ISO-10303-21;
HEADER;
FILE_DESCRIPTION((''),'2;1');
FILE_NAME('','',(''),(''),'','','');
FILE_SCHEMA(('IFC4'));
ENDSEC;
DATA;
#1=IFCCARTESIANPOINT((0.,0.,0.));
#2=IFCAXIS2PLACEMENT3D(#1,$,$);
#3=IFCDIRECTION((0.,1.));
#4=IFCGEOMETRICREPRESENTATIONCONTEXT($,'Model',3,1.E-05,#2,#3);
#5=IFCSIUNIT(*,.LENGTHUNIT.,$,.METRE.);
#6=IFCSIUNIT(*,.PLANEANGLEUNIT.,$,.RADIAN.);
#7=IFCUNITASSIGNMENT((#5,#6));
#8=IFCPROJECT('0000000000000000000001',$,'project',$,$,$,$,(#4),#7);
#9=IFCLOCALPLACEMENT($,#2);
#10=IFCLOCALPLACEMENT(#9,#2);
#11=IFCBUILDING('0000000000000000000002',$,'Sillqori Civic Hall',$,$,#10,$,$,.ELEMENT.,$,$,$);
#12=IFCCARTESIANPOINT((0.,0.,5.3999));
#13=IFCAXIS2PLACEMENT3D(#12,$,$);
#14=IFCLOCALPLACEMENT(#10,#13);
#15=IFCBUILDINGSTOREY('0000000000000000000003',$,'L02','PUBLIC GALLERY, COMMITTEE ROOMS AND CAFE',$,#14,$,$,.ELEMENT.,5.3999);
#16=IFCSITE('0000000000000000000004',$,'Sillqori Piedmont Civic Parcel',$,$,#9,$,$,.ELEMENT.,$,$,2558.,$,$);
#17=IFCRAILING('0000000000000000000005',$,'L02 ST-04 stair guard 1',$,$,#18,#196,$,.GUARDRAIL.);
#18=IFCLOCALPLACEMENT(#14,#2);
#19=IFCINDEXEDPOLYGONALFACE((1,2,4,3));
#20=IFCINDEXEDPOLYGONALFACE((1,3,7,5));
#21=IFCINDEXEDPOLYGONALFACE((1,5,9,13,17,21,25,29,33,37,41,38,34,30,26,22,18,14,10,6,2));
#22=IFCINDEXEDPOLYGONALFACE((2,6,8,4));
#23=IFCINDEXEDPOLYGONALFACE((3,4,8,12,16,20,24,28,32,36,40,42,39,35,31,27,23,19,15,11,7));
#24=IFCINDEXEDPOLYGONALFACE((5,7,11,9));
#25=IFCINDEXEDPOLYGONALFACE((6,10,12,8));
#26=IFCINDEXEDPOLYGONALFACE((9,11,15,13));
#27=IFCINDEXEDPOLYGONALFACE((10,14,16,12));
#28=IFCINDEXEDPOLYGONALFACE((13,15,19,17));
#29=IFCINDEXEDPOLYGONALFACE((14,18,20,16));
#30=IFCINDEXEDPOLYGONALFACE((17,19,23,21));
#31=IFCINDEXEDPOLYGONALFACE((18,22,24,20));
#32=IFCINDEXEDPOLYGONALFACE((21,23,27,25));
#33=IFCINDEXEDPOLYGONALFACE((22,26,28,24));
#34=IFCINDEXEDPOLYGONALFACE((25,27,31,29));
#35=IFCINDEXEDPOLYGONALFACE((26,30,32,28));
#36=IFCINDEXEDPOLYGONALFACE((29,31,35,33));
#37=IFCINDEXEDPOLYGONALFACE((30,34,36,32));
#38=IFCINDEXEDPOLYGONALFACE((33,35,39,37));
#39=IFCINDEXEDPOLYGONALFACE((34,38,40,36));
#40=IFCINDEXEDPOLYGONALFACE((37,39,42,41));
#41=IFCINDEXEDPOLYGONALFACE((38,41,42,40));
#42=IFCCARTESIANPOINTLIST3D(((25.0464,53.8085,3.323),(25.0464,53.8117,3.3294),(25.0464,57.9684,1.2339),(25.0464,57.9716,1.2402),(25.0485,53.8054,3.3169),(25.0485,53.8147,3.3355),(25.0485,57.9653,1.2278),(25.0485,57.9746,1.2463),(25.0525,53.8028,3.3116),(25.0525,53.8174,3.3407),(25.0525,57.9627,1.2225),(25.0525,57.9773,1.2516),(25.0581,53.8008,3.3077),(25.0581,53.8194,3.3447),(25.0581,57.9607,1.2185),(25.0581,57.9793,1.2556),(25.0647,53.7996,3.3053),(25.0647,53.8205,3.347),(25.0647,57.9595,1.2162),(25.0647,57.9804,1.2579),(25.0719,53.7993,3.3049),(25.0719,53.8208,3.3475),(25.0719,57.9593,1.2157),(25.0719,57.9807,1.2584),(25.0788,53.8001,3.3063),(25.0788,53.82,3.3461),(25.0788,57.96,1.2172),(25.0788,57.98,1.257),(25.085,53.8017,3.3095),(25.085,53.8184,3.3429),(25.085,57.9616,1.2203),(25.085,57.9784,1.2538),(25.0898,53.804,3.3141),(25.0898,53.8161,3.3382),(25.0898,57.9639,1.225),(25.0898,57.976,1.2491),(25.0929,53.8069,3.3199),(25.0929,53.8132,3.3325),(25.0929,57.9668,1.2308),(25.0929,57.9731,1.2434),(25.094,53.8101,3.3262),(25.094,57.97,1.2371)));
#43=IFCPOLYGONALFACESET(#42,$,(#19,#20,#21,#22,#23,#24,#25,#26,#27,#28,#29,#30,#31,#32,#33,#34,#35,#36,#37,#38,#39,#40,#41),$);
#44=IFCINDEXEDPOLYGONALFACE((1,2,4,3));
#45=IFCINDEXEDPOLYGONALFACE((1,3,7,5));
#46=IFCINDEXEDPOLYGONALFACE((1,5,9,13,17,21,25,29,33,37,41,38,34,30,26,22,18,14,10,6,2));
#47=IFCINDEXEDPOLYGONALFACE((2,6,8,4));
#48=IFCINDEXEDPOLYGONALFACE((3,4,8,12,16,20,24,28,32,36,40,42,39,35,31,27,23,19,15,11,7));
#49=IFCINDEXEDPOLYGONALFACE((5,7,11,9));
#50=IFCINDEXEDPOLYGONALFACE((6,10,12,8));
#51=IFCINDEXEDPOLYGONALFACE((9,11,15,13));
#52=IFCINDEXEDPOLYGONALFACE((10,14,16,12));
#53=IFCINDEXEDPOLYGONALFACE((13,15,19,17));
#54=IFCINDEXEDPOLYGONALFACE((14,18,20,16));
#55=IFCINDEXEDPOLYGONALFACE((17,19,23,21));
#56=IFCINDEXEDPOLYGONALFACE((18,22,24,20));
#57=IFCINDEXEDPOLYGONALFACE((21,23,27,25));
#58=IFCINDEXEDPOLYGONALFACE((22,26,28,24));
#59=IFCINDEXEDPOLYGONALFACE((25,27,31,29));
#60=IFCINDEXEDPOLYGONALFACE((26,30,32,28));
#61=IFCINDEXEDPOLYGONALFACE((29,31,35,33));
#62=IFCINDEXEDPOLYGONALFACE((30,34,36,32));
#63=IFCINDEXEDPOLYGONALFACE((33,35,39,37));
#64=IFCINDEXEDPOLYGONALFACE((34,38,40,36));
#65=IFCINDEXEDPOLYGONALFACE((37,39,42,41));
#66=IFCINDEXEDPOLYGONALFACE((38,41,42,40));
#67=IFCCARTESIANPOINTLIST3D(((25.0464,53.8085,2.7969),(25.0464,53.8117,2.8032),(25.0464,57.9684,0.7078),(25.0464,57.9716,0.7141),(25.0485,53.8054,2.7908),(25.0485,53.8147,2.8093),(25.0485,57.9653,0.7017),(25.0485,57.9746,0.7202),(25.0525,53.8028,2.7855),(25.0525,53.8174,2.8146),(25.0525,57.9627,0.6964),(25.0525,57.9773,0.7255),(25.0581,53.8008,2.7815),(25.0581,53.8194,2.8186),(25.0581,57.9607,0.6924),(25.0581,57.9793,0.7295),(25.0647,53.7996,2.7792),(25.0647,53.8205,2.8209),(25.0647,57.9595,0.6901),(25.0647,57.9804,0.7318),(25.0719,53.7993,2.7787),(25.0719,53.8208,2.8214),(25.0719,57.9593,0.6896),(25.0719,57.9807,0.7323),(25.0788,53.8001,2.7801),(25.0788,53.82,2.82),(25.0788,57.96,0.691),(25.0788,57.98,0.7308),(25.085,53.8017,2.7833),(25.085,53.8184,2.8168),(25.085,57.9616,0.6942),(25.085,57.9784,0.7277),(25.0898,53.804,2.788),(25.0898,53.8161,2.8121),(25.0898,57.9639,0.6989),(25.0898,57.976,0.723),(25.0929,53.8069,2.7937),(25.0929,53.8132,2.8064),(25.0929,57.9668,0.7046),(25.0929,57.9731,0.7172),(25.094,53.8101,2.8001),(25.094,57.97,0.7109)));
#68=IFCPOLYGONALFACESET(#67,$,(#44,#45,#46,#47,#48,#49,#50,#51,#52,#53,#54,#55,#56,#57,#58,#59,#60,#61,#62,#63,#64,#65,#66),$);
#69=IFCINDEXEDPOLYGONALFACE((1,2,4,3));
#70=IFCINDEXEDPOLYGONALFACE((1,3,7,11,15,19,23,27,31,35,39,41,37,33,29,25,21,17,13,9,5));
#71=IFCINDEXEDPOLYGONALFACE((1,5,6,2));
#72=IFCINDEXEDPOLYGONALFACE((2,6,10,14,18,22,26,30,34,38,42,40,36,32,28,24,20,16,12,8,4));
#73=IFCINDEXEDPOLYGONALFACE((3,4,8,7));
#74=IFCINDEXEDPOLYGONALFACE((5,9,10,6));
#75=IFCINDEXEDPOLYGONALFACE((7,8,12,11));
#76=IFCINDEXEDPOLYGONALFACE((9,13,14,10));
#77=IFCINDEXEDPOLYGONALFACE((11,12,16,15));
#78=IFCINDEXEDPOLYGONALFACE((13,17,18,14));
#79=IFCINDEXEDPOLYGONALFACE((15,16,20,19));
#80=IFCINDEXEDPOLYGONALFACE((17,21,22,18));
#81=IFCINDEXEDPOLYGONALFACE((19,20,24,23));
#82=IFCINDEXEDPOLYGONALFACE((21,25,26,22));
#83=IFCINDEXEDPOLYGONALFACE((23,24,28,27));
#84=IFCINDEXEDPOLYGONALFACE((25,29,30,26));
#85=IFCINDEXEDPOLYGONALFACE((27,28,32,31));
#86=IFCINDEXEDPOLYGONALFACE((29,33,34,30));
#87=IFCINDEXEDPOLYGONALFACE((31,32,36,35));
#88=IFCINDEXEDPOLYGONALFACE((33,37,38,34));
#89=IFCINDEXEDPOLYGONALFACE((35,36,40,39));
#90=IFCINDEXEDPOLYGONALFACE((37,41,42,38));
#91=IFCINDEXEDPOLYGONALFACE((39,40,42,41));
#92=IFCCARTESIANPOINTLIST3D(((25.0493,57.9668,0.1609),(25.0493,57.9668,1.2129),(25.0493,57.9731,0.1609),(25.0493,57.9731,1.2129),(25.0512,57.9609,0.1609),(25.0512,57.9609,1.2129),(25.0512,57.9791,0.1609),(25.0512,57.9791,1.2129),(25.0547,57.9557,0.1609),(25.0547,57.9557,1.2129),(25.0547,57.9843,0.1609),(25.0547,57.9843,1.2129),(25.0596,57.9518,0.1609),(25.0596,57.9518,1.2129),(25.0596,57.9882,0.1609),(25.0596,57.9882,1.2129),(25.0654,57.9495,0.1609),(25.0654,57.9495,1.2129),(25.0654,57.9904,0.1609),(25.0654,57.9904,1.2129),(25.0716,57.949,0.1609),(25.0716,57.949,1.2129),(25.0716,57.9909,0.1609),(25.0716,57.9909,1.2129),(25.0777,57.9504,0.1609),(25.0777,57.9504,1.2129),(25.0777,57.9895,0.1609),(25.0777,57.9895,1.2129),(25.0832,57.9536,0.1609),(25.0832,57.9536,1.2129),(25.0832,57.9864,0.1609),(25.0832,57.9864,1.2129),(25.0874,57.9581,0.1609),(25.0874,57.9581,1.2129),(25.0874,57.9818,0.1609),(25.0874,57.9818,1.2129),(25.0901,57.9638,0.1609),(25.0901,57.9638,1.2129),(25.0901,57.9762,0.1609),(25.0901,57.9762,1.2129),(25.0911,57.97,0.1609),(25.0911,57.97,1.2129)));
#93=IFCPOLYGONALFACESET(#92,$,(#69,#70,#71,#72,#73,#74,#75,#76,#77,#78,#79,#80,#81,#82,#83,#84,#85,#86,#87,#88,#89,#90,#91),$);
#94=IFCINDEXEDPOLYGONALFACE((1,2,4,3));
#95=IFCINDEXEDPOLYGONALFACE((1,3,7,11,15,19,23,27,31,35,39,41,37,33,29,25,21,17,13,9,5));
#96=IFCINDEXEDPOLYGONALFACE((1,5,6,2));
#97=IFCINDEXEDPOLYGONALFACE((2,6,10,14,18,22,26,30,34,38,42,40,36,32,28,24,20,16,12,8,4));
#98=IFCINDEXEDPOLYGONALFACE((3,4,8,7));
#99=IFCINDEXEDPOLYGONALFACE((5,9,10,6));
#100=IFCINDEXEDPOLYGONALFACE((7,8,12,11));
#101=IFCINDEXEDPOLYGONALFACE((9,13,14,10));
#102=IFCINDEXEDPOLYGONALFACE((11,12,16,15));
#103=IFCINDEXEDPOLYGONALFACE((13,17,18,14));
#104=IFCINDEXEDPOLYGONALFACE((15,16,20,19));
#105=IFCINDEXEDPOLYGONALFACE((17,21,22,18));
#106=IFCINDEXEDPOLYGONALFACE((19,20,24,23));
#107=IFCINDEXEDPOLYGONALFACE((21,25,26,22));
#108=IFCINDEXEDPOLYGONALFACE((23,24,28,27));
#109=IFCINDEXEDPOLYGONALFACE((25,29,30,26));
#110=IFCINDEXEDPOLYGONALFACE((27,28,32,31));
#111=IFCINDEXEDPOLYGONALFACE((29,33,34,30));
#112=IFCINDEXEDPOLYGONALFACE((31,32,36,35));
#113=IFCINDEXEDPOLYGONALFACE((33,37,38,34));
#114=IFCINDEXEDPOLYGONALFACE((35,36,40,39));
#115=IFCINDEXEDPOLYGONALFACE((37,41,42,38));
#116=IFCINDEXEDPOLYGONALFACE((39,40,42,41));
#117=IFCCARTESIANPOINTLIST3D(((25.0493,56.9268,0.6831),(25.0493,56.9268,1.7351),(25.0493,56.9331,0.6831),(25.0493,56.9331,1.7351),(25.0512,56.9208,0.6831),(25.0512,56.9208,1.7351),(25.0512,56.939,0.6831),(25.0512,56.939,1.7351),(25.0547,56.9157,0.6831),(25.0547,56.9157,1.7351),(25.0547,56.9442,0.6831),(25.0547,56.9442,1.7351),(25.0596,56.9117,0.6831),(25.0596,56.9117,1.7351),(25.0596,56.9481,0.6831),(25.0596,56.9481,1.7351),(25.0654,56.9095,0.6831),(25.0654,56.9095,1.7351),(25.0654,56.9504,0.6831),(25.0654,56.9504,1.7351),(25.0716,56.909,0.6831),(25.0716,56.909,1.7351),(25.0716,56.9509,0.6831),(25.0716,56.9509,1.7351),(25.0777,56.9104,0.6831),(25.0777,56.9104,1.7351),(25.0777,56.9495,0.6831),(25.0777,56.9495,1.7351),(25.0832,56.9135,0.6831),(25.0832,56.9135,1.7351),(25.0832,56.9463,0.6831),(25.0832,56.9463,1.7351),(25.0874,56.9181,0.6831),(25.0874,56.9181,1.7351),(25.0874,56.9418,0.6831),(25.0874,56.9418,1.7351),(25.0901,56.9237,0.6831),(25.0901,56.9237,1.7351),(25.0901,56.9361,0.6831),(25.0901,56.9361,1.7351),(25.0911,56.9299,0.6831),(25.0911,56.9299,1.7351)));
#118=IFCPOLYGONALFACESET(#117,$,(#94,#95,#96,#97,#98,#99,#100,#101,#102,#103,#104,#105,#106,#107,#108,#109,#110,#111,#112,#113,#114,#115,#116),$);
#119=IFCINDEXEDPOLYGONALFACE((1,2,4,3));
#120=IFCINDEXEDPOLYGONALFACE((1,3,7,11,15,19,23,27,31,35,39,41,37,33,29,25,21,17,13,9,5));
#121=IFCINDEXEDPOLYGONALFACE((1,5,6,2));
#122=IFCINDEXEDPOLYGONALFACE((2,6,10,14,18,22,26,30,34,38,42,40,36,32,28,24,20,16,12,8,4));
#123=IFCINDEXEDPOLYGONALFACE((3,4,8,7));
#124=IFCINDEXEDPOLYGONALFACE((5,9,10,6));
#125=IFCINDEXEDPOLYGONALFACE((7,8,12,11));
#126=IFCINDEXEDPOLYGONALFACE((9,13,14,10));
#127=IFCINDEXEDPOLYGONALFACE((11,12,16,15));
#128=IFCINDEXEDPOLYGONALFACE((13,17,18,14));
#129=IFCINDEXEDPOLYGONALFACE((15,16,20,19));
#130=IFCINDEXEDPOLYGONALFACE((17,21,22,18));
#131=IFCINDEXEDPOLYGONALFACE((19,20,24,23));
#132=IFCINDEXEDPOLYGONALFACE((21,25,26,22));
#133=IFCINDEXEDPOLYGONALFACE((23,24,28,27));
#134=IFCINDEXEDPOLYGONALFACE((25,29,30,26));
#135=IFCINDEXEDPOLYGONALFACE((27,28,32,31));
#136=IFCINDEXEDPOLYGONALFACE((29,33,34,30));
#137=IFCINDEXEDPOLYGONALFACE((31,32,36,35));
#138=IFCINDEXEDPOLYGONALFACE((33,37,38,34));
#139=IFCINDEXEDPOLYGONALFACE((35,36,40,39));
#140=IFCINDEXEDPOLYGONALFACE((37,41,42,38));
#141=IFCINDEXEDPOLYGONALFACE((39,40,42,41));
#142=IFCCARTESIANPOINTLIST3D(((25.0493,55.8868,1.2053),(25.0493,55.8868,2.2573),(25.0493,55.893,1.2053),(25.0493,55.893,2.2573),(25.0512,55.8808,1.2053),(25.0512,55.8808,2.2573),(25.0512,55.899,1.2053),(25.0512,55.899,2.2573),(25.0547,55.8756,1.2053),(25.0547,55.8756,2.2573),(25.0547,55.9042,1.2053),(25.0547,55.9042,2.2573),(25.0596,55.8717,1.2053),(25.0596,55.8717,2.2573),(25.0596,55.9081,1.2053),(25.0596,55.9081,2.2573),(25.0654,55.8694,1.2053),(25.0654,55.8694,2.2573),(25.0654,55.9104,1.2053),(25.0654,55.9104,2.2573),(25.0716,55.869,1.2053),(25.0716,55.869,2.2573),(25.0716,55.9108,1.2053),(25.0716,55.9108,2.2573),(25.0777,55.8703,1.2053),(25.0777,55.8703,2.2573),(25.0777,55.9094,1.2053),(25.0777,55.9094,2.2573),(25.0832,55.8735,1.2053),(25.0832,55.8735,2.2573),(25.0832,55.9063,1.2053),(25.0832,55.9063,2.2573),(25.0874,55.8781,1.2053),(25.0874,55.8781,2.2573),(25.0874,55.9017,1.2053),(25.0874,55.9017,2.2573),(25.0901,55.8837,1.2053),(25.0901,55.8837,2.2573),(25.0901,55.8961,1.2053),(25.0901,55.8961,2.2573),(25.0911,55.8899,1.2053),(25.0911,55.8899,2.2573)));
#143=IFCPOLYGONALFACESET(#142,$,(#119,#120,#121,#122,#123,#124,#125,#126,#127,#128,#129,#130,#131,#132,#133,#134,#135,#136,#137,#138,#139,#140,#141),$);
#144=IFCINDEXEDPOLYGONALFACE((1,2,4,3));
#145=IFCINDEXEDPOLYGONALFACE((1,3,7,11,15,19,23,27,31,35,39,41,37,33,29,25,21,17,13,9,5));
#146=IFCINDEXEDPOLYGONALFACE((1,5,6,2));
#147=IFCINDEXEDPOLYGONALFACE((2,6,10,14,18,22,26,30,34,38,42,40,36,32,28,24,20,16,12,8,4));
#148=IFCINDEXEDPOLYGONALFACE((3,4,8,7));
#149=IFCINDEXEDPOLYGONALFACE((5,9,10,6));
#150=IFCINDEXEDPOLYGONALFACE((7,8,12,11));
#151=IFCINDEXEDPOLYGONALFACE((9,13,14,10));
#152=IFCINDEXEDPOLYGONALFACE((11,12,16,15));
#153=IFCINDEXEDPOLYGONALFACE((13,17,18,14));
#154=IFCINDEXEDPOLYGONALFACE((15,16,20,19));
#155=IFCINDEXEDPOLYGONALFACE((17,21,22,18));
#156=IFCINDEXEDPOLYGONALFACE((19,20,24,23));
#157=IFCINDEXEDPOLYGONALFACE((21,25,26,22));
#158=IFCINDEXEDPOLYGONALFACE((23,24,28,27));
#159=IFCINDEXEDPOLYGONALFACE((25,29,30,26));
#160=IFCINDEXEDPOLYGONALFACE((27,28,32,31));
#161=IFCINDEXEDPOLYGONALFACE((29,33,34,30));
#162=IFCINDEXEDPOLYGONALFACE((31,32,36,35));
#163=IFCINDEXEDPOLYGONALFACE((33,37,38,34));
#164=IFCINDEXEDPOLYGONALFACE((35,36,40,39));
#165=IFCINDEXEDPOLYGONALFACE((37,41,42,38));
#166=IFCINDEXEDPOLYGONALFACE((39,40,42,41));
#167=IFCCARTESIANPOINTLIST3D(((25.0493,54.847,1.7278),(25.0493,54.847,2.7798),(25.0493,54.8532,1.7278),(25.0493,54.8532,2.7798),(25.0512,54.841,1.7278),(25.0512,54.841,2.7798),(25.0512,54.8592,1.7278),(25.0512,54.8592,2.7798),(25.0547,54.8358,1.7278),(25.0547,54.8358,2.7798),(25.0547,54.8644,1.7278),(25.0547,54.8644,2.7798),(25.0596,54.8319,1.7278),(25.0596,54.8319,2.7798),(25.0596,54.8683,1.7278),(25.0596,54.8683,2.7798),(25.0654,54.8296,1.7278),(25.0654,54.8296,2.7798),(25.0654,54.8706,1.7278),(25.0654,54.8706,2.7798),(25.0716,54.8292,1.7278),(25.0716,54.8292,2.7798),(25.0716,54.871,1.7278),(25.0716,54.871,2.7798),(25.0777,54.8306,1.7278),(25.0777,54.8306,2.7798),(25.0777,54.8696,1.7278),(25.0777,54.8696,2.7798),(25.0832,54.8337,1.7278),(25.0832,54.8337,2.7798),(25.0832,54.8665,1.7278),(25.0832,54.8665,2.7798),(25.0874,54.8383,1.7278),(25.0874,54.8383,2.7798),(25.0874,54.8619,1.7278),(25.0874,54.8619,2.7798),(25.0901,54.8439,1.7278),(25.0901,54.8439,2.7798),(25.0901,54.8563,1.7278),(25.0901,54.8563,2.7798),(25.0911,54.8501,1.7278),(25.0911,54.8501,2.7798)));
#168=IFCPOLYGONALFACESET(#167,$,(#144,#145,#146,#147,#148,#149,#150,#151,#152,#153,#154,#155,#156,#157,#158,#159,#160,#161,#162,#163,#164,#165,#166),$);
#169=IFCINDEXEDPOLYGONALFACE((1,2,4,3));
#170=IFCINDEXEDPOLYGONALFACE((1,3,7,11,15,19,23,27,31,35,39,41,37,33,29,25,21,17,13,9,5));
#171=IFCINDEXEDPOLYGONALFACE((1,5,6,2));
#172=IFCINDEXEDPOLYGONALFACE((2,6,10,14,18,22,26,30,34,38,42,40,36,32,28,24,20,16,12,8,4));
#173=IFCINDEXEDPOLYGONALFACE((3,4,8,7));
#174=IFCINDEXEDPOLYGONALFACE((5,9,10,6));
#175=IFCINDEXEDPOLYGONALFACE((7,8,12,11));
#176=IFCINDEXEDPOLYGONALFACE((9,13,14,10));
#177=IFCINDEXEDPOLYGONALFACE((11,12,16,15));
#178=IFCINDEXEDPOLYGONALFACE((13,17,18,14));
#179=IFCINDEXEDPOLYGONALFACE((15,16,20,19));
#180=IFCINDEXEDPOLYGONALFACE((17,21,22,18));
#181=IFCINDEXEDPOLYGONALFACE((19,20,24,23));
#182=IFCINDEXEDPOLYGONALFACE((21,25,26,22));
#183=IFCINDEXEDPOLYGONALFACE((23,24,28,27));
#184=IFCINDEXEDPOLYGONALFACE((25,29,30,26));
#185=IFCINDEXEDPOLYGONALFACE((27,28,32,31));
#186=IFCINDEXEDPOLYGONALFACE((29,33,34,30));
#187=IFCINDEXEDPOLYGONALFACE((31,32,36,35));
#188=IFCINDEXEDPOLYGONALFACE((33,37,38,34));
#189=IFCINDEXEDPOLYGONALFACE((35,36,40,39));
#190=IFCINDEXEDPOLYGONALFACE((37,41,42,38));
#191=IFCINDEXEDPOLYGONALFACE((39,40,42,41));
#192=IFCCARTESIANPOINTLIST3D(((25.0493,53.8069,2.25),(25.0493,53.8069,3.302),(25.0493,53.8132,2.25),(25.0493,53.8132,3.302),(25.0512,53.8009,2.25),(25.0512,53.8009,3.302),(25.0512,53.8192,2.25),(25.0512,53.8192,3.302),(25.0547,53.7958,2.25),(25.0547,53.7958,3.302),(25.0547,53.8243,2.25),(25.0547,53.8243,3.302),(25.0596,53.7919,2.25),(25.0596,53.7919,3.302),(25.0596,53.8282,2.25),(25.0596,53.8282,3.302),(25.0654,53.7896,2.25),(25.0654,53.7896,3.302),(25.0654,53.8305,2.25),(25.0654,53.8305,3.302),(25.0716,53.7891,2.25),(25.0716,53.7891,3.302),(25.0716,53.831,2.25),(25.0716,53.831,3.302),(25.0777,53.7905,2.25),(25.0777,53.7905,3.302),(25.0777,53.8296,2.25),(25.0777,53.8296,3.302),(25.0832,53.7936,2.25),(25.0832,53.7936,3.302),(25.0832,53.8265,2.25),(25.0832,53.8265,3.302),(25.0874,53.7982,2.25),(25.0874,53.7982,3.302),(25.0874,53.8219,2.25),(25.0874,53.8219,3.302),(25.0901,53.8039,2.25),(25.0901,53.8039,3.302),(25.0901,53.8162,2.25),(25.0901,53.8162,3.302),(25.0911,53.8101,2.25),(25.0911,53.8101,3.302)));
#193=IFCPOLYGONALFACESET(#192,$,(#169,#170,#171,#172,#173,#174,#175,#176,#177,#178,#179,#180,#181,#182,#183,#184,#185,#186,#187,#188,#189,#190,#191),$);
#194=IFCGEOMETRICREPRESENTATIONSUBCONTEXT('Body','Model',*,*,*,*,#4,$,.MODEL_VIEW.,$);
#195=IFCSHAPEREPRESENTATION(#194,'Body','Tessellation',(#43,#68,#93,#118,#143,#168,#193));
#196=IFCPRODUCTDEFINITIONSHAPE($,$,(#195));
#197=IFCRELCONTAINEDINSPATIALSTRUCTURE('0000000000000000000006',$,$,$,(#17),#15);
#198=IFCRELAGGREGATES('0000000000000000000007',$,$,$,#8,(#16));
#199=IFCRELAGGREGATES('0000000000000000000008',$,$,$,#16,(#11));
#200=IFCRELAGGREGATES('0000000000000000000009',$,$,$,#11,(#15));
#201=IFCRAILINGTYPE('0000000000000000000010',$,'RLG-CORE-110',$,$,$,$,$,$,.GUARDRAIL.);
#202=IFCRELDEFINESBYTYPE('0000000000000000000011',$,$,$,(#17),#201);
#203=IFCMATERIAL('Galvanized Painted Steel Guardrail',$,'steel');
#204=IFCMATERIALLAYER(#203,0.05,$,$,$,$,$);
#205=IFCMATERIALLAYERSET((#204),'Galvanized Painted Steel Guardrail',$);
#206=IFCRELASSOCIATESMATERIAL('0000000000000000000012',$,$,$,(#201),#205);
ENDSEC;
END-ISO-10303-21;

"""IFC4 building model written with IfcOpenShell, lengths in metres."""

from ifc_helpers import new_model, si_unit, direction, frame, origin, origin_2d, place, context, subcontext, project, spatial, circle, extrude, material, layer, layer_set, type_object, element, save


model = new_model("IFC4")

# Units and contexts
model_context = context("Model", 3, precision=1e-05, world=origin(), true_north=direction((0.0, 1.0)))
body_context = subcontext(model_context, "Body", "Model", "MODEL_VIEW")
ifc_project = project(units=[si_unit("LENGTHUNIT", "METRE"), si_unit("PLANEANGLEUNIT", "RADIAN")], contexts=[model_context])

# Site, building, storey
site_placement = place(None, origin())
site = spatial("IfcSite", under=ifc_project, at=site_placement, Name="Sillqori Piedmont Civic Parcel", CompositionType="ELEMENT", RefElevation=2558.0)
building_placement = place(site_placement, origin())
building = spatial("IfcBuilding", under=site, at=building_placement, Name="Sillqori Civic Hall", CompositionType="ELEMENT")
storey_placement = place(building_placement, frame((0.0, 0.0, 5.3999)))
storey = spatial("IfcBuildingStorey", under=building, at=storey_placement, Name="L02", Description="PUBLIC GALLERY, COMMITTEE ROOMS AND CAFE", CompositionType="ELEMENT", Elevation=5.3999)

# Railing
ifc_material_1 = material(Name="Galvanized Painted Steel Guardrail", Category="steel")
ifc_layer_1 = layer(ifc_material_1, 0.05)
ifc_layer_set_1 = layer_set([ifc_layer_1], Name="Galvanized Painted Steel Guardrail")
railing_type_1 = type_object("IfcRailingType", Name="RLG-CORE-110", PredefinedType="GUARDRAIL", material=ifc_layer_set_1)
railing_1_placement = place(storey_placement, frame((25.0701, 57.97, 0.1609)))
element("IfcRailing", 1, at=railing_1_placement, inside=storey, type_object=railing_type_1, Name="L02 ST-04 stair guard 1", PredefinedType="GUARDRAIL", context=body_context, shape_type="SweptSolid", body=[
    extrude(circle(Radius=0.0239, at=origin_2d()), frame((0.0, 0.0, 1.0762), z_axis=(0.0, -0.893639, 0.448786), x_axis=(1.0, 0.0, 0.0)), (0.0, 0.0, 1.0), 4.655),
    extrude(circle(Radius=0.0239, at=origin_2d()), frame((0.0, 0.0, 0.55), z_axis=(0.0, -0.893639, 0.448786), x_axis=(1.0, 0.0, 0.0)), (0.0, 0.0, 1.0), 4.655),
    extrude(circle(Radius=0.021, at=origin_2d()), origin(), (0.0, 0.0, 1.0), 1.052),
    extrude(circle(Radius=0.021, at=origin_2d()), frame((0.0, -1.04, 0.5222)), (0.0, 0.0, 1.0), 1.052),
    extrude(circle(Radius=0.021, at=origin_2d()), frame((0.0, -2.0801, 1.0444)), (0.0, 0.0, 1.0), 1.052),
    extrude(circle(Radius=0.021, at=origin_2d()), frame((0.0, -3.1199, 1.5669)), (0.0, 0.0, 1.0), 1.052),
    extrude(circle(Radius=0.021, at=origin_2d()), frame((0.0, -4.1599, 2.0891)), (0.0, 0.0, 1.0), 1.052),
])

save(model, "model.ifc")
